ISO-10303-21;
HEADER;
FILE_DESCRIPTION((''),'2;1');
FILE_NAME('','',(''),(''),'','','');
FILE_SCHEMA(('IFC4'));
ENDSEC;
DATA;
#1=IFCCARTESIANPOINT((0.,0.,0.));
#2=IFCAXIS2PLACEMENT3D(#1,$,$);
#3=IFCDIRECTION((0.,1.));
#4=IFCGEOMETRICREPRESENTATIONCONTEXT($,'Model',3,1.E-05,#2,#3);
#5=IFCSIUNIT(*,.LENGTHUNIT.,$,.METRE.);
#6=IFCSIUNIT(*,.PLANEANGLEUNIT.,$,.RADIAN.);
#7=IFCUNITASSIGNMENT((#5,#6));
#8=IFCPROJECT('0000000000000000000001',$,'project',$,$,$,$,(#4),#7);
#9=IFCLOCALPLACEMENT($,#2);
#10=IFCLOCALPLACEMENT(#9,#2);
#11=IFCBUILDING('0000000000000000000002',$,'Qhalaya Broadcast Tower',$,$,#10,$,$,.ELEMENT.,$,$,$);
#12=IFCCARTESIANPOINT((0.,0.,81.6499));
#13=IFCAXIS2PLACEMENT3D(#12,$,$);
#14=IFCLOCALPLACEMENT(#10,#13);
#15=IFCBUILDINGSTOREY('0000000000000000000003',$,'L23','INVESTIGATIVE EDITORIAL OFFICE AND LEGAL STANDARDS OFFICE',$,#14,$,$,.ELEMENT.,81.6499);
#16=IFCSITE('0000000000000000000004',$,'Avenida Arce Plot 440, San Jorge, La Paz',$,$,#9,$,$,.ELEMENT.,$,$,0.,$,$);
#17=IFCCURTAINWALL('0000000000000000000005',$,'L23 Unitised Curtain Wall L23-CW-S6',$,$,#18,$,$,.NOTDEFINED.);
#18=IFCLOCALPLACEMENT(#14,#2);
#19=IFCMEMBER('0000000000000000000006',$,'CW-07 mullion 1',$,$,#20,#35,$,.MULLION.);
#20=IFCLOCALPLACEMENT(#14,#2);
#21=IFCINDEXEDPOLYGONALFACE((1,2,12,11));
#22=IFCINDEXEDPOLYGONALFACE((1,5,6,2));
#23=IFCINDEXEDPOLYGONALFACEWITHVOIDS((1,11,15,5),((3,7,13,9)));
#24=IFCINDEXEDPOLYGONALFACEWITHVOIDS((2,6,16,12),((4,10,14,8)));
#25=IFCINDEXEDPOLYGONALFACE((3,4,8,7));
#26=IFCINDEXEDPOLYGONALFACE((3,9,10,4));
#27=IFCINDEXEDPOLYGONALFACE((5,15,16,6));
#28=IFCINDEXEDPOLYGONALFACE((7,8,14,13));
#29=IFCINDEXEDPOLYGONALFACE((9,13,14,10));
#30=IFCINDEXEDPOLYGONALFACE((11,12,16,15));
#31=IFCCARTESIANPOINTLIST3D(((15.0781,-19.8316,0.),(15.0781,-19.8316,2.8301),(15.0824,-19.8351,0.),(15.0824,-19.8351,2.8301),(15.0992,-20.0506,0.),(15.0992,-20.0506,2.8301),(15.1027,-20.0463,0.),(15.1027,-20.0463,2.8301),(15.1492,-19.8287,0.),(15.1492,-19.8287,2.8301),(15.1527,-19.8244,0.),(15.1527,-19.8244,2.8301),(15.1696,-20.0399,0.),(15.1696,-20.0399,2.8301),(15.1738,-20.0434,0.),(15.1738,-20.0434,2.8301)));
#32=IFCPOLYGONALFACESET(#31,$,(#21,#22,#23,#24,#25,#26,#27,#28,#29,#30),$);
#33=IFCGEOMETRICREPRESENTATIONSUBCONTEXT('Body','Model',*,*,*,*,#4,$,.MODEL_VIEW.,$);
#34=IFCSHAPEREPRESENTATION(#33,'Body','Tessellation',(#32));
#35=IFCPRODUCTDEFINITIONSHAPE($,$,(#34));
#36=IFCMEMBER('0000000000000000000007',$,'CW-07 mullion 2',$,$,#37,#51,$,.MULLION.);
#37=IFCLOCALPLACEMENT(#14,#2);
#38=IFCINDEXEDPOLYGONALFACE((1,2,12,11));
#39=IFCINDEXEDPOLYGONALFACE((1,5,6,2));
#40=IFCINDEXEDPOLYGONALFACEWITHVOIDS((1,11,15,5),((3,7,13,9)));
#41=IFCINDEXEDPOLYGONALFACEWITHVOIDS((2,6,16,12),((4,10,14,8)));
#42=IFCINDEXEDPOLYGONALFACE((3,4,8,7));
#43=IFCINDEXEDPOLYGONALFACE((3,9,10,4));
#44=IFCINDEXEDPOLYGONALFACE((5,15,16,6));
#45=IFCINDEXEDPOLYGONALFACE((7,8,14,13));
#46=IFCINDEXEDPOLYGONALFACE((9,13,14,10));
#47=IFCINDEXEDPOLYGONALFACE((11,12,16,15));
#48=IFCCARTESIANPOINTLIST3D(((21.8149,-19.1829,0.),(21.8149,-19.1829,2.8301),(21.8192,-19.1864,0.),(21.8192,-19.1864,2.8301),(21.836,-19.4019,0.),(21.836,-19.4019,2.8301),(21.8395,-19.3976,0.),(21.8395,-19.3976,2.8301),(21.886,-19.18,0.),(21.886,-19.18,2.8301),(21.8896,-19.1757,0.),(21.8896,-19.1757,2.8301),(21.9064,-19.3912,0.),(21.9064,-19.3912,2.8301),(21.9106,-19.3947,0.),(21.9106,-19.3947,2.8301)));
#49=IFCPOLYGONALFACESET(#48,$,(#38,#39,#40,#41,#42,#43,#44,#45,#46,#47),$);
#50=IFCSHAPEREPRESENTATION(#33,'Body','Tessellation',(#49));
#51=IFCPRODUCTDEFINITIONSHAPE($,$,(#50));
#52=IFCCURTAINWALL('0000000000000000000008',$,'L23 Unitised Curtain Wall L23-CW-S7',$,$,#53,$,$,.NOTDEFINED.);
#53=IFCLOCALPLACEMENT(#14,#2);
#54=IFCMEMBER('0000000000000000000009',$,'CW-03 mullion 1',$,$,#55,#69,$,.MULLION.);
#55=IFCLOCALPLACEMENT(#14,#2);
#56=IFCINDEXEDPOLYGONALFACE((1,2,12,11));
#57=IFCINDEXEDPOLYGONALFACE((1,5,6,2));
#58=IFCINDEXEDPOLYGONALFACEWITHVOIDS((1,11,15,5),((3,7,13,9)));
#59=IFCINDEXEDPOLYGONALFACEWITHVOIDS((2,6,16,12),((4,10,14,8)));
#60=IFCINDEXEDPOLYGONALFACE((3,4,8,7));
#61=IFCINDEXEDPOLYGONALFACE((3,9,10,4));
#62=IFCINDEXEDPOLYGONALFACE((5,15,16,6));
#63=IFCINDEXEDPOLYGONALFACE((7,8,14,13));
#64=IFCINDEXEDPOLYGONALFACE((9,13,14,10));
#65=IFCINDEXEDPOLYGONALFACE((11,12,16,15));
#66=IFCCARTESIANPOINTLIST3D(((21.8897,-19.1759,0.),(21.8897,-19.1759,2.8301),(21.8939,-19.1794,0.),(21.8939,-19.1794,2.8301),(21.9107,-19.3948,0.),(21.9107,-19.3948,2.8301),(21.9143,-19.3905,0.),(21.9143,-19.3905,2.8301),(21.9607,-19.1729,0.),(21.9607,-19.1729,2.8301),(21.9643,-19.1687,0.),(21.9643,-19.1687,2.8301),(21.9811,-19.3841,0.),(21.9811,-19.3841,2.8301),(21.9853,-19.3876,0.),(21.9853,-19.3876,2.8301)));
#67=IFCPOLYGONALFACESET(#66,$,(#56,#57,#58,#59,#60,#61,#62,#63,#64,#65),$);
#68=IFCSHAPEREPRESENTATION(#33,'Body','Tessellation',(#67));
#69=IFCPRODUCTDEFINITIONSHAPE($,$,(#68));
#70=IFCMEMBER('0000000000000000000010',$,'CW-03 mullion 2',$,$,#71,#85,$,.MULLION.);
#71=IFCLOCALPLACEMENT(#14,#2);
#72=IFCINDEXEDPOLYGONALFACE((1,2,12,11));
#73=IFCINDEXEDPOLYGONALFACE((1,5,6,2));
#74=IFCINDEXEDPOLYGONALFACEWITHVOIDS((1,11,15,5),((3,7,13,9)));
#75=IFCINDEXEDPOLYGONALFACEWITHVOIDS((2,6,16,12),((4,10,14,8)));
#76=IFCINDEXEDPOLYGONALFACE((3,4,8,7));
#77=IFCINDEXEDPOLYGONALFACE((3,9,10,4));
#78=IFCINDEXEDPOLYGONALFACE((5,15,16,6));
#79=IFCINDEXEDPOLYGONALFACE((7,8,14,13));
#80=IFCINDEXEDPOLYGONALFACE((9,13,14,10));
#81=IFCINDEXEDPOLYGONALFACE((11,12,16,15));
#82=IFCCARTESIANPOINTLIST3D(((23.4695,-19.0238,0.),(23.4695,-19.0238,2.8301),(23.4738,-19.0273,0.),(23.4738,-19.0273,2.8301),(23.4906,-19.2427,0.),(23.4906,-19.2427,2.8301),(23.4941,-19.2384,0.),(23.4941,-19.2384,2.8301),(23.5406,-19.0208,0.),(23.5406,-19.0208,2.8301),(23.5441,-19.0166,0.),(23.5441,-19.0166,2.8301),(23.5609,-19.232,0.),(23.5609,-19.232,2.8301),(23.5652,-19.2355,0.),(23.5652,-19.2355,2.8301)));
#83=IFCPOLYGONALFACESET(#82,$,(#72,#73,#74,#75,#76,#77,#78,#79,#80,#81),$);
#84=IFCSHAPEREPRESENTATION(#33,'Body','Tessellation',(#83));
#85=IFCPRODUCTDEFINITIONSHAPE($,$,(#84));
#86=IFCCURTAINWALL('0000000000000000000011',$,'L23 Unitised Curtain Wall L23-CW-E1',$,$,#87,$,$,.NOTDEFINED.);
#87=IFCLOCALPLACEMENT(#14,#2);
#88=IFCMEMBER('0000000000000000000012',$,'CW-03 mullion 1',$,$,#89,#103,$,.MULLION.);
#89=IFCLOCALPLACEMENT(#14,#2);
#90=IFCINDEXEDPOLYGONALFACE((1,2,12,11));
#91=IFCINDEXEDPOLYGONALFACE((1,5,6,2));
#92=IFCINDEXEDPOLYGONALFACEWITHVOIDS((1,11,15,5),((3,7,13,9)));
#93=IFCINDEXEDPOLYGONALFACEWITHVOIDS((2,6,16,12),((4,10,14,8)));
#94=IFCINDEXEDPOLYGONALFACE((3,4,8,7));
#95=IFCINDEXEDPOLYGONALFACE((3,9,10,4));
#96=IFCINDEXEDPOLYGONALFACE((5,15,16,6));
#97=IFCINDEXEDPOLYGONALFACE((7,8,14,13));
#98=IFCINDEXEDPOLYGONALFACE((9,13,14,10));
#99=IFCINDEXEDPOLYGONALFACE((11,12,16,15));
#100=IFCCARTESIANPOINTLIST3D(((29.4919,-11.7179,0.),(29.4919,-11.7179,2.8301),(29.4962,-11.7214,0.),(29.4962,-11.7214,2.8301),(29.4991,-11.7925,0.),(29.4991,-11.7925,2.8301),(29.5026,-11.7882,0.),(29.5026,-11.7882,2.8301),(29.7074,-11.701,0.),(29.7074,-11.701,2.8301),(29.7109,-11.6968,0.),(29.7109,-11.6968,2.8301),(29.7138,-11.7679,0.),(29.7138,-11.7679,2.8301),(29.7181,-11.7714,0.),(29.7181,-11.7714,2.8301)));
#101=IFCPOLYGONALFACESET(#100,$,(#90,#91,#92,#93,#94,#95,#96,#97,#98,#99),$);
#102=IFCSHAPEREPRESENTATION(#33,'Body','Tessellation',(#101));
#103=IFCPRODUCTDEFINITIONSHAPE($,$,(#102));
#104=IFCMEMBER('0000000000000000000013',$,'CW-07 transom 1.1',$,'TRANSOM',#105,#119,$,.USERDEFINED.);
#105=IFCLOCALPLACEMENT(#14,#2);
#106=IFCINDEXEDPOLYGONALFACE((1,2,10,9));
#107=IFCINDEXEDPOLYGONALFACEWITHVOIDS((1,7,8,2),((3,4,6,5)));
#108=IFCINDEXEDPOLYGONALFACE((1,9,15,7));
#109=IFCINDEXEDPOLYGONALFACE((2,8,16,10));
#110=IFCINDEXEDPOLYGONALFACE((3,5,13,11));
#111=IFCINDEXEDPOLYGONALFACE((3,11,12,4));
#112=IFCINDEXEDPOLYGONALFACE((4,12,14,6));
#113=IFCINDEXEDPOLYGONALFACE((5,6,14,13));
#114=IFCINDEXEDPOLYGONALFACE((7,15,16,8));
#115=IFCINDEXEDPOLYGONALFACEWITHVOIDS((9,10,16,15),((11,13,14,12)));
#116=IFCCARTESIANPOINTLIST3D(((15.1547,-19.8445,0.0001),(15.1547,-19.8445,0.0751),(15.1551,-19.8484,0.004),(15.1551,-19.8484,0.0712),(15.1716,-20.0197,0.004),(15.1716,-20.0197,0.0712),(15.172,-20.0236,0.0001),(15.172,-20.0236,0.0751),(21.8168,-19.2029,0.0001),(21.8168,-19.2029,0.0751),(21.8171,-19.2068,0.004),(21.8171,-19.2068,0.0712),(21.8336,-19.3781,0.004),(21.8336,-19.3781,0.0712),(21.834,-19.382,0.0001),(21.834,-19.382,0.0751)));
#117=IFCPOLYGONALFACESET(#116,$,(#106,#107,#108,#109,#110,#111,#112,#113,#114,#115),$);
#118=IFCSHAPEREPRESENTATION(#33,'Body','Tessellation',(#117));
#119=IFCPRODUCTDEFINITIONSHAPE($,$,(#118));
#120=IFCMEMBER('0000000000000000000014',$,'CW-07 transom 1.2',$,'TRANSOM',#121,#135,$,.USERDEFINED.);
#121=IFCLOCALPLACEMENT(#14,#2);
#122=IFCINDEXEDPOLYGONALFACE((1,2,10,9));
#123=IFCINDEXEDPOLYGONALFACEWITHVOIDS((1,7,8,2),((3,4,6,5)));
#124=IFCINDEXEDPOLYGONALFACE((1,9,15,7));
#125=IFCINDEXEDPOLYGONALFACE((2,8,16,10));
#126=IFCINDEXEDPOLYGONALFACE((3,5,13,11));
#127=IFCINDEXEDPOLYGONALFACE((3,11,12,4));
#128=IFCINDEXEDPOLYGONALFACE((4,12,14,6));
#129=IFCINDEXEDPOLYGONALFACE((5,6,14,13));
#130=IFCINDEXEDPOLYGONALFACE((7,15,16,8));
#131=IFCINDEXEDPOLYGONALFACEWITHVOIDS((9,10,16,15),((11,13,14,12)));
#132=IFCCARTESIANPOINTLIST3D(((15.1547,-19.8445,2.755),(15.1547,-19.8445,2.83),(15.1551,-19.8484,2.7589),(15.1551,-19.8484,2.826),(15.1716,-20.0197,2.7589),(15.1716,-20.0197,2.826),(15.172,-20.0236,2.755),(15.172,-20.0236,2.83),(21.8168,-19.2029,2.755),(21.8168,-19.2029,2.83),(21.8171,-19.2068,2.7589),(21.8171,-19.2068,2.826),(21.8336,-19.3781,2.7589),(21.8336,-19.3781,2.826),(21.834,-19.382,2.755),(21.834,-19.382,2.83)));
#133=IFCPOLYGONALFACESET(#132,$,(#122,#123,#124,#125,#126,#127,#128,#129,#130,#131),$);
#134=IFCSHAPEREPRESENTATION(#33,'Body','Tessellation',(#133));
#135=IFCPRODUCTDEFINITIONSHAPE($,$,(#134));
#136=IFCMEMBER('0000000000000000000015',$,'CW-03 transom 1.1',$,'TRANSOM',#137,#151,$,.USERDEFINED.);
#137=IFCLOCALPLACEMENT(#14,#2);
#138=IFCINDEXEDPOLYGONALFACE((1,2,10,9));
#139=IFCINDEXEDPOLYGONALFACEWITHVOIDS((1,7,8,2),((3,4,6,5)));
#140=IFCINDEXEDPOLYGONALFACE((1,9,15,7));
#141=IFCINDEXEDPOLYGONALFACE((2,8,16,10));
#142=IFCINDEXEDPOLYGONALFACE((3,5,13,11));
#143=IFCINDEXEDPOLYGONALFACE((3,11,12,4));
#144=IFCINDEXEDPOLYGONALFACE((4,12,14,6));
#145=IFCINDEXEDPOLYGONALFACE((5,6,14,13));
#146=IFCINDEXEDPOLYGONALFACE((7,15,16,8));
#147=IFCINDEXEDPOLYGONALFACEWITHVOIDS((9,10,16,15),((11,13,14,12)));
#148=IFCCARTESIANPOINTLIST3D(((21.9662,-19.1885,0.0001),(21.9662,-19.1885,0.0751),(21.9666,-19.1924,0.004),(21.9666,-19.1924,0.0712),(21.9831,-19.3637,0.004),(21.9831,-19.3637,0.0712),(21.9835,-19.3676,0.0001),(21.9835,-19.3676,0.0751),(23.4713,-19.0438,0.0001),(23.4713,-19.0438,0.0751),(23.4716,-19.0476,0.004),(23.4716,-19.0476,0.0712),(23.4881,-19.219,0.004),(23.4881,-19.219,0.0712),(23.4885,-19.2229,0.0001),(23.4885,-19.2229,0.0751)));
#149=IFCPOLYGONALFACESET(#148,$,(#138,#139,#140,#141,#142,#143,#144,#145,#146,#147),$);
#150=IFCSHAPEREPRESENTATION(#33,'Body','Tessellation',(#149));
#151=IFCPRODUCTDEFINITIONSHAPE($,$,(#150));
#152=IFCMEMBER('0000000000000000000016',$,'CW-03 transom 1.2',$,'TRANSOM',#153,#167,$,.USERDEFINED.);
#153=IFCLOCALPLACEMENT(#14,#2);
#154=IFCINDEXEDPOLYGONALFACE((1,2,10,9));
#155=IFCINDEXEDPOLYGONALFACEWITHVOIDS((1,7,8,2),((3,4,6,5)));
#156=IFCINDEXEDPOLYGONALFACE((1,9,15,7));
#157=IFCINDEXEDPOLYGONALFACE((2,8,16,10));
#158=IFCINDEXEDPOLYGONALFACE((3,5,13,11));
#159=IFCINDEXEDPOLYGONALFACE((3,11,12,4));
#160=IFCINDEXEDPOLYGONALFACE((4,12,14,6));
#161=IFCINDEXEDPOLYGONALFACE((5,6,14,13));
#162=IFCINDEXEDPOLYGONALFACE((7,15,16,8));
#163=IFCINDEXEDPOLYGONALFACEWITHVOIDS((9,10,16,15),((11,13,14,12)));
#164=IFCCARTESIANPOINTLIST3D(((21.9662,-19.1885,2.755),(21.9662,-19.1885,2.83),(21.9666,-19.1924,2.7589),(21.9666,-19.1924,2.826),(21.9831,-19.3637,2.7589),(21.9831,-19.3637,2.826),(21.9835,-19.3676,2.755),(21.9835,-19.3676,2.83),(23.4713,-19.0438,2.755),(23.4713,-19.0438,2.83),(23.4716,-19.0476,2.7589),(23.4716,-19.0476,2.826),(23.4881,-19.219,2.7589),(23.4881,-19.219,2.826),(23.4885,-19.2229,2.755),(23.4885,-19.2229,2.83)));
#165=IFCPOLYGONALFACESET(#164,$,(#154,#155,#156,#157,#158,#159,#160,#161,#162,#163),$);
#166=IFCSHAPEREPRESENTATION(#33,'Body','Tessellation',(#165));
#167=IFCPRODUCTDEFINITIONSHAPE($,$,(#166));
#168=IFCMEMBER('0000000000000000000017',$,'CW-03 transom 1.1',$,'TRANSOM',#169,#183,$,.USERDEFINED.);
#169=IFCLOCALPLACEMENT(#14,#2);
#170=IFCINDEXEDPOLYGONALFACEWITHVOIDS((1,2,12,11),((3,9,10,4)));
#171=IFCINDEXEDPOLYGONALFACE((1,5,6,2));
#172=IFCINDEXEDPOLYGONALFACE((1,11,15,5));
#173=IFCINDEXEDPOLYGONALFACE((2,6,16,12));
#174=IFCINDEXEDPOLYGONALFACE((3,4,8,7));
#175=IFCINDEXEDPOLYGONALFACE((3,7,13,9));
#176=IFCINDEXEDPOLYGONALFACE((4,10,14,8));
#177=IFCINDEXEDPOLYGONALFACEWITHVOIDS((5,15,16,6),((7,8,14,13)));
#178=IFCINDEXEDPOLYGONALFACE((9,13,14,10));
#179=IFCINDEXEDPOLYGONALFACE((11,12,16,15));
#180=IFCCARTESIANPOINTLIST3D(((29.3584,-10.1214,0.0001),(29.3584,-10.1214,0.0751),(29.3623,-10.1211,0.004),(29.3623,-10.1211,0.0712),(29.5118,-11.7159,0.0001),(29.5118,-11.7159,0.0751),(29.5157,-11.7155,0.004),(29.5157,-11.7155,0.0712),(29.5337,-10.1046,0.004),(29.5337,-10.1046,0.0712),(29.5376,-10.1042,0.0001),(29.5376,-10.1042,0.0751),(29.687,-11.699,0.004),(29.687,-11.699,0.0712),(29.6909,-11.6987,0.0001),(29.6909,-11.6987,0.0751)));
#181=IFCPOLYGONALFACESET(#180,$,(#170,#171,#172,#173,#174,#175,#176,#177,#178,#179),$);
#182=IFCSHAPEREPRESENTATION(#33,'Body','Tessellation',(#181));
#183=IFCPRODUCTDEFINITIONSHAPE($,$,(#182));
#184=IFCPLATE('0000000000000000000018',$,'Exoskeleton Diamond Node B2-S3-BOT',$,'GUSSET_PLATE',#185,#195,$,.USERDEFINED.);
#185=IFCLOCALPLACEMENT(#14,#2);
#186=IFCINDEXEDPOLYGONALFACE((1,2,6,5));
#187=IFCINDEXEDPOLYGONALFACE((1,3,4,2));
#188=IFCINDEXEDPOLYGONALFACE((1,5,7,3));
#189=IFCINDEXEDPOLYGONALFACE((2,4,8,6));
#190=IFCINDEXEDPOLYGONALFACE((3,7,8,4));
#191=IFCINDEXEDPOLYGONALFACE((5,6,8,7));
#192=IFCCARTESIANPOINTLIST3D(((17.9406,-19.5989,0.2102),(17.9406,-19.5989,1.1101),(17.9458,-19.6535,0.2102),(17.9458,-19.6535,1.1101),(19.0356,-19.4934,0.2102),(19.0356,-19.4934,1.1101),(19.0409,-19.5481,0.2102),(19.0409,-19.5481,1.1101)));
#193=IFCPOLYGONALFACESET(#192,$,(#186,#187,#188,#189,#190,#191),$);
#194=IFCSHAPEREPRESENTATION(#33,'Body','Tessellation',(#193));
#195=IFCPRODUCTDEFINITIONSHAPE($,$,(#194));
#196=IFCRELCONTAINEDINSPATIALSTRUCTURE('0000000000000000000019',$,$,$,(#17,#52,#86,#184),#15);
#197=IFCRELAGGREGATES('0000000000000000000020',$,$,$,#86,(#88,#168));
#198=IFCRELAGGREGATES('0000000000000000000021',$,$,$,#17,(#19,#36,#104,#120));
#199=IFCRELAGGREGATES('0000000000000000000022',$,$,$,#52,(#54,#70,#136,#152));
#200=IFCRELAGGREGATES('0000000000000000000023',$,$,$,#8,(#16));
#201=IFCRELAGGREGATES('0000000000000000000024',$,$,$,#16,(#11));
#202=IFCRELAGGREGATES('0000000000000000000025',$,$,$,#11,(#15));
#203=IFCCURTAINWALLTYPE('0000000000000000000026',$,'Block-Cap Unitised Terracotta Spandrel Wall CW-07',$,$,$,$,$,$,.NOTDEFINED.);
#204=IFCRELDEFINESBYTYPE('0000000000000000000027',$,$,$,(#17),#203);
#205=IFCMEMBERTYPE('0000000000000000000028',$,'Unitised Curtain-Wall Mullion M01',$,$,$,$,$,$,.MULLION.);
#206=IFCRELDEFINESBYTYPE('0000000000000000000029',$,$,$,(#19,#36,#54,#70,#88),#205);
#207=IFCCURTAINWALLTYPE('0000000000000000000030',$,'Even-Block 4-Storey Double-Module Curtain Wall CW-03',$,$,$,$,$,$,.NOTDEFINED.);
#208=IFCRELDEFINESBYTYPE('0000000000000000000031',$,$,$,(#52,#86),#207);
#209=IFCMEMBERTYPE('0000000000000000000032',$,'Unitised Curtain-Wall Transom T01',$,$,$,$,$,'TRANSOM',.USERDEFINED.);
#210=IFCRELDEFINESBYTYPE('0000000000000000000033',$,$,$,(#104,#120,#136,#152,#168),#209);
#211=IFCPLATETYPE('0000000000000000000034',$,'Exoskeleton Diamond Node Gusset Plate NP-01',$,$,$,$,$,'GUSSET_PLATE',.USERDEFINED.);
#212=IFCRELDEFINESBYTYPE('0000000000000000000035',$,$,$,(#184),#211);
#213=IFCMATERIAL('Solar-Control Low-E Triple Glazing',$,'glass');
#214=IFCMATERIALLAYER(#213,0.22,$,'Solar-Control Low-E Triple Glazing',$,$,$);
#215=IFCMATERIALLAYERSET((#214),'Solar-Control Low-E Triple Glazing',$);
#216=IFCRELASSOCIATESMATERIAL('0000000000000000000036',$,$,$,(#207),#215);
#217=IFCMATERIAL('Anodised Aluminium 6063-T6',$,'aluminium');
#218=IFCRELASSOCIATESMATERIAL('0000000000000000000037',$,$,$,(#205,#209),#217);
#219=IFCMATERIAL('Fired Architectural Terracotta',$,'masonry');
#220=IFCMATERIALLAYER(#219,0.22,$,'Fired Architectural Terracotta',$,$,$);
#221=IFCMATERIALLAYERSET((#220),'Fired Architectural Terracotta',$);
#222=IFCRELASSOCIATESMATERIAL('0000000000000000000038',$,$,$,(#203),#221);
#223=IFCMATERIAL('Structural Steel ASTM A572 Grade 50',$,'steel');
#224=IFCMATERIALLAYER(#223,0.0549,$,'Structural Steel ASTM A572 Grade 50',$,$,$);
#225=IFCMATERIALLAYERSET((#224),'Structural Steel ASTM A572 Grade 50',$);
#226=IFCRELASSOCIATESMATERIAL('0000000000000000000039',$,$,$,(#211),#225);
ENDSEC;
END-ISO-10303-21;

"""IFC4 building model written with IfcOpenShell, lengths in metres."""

from ifc_helpers import new_model, si_unit, direction, frame, origin, origin_2d, place, context, subcontext, project, spatial, rectangle, hollow_rectangle, extrude, material, layer, layer_set, material_profile, profile_set, type_object, element, aggregate, save


model = new_model("IFC4")

# Units and contexts
model_context = context("Model", 3, precision=1e-05, world=origin(), true_north=direction((0.0, 1.0)))
body_context = subcontext(model_context, "Body", "Model", "MODEL_VIEW")
ifc_project = project(units=[si_unit("LENGTHUNIT", "METRE"), si_unit("PLANEANGLEUNIT", "RADIAN")], contexts=[model_context])

# Site, building, storey
site_placement = place(None, origin())
site = spatial("IfcSite", under=ifc_project, at=site_placement, Name="Avenida Arce Plot 440, San Jorge, La Paz", CompositionType="ELEMENT", RefElevation=0.0)
building_placement = place(site_placement, origin())
building = spatial("IfcBuilding", under=site, at=building_placement, Name="Qhalaya Broadcast Tower", CompositionType="ELEMENT")
storey_placement = place(building_placement, frame((0.0, 0.0, 81.6499)))
storey = spatial("IfcBuildingStorey", under=building, at=storey_placement, Name="L23", Description="INVESTIGATIVE EDITORIAL OFFICE AND LEGAL STANDARDS OFFICE", CompositionType="ELEMENT", Elevation=81.6499)

# Shared definitions
ifc_material_1 = material(Name="Structural Steel ASTM A572 Grade 50", Category="steel")

# Shared definitions
ifc_material_2 = material(Name="Solar-Control Low-E Triple Glazing", Category="glass")
ifc_layer_1 = layer(ifc_material_2, 0.22, Name="Solar-Control Low-E Triple Glazing")
ifc_layer_set_1 = layer_set([ifc_layer_1], Name="Solar-Control Low-E Triple Glazing")
curtain_wall_type_1 = type_object("IfcCurtainWallType", Name="Even-Block 4-Storey Double-Module Curtain Wall CW-03", PredefinedType="NOTDEFINED", material=ifc_layer_set_1)
ifc_material_3 = material(Name="Anodised Aluminium 6063-T6", Category="aluminium")
ifc_material_profile_1 = material_profile(ifc_material_3, hollow_rectangle(XDim=0.075, YDim=0.22, WallThickness=0.0039, at=origin_2d()), Name="ALU-MUL 75x220x4")
ifc_profile_set_1 = profile_set([ifc_material_profile_1], Name="Anodised Aluminium 6063-T6")
member_type_1 = type_object("IfcMemberType", Name="Unitised Curtain-Wall Mullion M01", PredefinedType="MULLION", material=ifc_profile_set_1)

# Curtain walls, members
ifc_material_4 = material(Name="Fired Architectural Terracotta", Category="masonry")
ifc_layer_2 = layer(ifc_material_4, 0.22, Name="Fired Architectural Terracotta")
ifc_layer_set_2 = layer_set([ifc_layer_2], Name="Fired Architectural Terracotta")
curtain_wall_type_2 = type_object("IfcCurtainWallType", Name="Block-Cap Unitised Terracotta Spandrel Wall CW-07", PredefinedType="NOTDEFINED", material=ifc_layer_set_2)
curtain_wall_1_placement = place(storey_placement, origin())
curtain_wall_1 = element("IfcCurtainWall", 1, at=curtain_wall_1_placement, inside=storey, type_object=curtain_wall_type_2, Name="L23 Unitised Curtain Wall L23-CW-S6", PredefinedType="NOTDEFINED")
member_1_placement = place(storey_placement, frame((15.126, -19.9375, 0.0), z_axis=(0.0, 0.0, 1.0), x_axis=(0.995396, 0.09585, 0.0)))
member_1 = element("IfcMember", 2, at=member_1_placement, type_object=member_type_1, Name="CW-07 mullion 1", PredefinedType="MULLION", context=body_context, shape_type="SweptSolid", body=[
    extrude(hollow_rectangle(XDim=0.075, YDim=0.22, WallThickness=0.0039, at=origin_2d()), origin(), (0.0, 0.0, 1.0), 2.8301),
])
member_2_placement = place(storey_placement, frame((21.8628, -19.2888, 0.0), z_axis=(0.0, 0.0, 1.0), x_axis=(0.995396, 0.09585, 0.0)))
member_2 = element("IfcMember", 3, at=member_2_placement, type_object=member_type_1, Name="CW-07 mullion 2", PredefinedType="MULLION", context=body_context, shape_type="SweptSolid", body=[
    extrude(hollow_rectangle(XDim=0.075, YDim=0.22, WallThickness=0.0039, at=origin_2d()), origin(), (0.0, 0.0, 1.0), 2.8301),
])
curtain_wall_2_placement = place(storey_placement, origin())
curtain_wall_2 = element("IfcCurtainWall", 4, at=curtain_wall_2_placement, inside=storey, type_object=curtain_wall_type_1, Name="L23 Unitised Curtain Wall L23-CW-S7", PredefinedType="NOTDEFINED")
member_3_placement = place(storey_placement, frame((21.9375, -19.2817, 0.0), z_axis=(0.0, 0.0, 1.0), x_axis=(0.995396, 0.095845, 0.0)))
member_3 = element("IfcMember", 5, at=member_3_placement, type_object=member_type_1, Name="CW-03 mullion 1", PredefinedType="MULLION", context=body_context, shape_type="SweptSolid", body=[
    extrude(hollow_rectangle(XDim=0.075, YDim=0.22, WallThickness=0.0039, at=origin_2d()), origin(), (0.0, 0.0, 1.0), 2.8301),
])
member_4_placement = place(storey_placement, frame((23.5173, -19.1296, 0.0), z_axis=(0.0, 0.0, 1.0), x_axis=(0.995396, 0.095845, 0.0)))
member_4 = element("IfcMember", 6, at=member_4_placement, type_object=member_type_1, Name="CW-03 mullion 2", PredefinedType="MULLION", context=body_context, shape_type="SweptSolid", body=[
    extrude(hollow_rectangle(XDim=0.075, YDim=0.22, WallThickness=0.0039, at=origin_2d()), origin(), (0.0, 0.0, 1.0), 2.8301),
])

# Curtain wall, member
curtain_wall_3_placement = place(storey_placement, origin())
curtain_wall_3 = element("IfcCurtainWall", 7, at=curtain_wall_3_placement, inside=storey, type_object=curtain_wall_type_1, Name="L23 Unitised Curtain Wall L23-CW-E1", PredefinedType="NOTDEFINED")
member_5_placement = place(storey_placement, frame((29.605, -11.7446, 0.0), z_axis=(0.0, 0.0, 1.0), x_axis=(-0.095835, 0.995397, 0.0)))
member_5 = element("IfcMember", 8, at=member_5_placement, type_object=member_type_1, Name="CW-03 mullion 1", PredefinedType="MULLION", context=body_context, shape_type="SweptSolid", body=[
    extrude(hollow_rectangle(XDim=0.075, YDim=0.22, WallThickness=0.0039, at=origin_2d()), origin(), (0.0, 0.0, 1.0), 2.8301),
])

# Members
ifc_material_profile_2 = material_profile(ifc_material_3, hollow_rectangle(XDim=0.075, YDim=0.1799, WallThickness=0.0039, at=origin_2d()), Name="ALU-TRN 75x180x4")
ifc_profile_set_2 = profile_set([ifc_material_profile_2], Name="Anodised Aluminium 6063-T6")
member_type_2 = type_object("IfcMemberType", Name="Unitised Curtain-Wall Transom T01", ElementType="TRANSOM", PredefinedType="USERDEFINED", material=ifc_profile_set_2)
member_6_placement = place(storey_placement, frame((15.1633, -19.9341, 0.0376), z_axis=(0.995395, 0.095863, 0.0), x_axis=(0.0, 0.0, 1.0)))
member_6 = element("IfcMember", 9, at=member_6_placement, type_object=member_type_2, Name="CW-07 transom 1.1", ObjectType="TRANSOM", PredefinedType="USERDEFINED", context=body_context, shape_type="SweptSolid", body=[
    extrude(hollow_rectangle(XDim=0.075, YDim=0.1799, WallThickness=0.0039, at=origin_2d()), origin(), (0.0, 0.0, 1.0), 6.6929),
])
member_7_placement = place(storey_placement, frame((15.1633, -19.9341, 2.7925), z_axis=(0.995395, 0.095863, 0.0), x_axis=(0.0, 0.0, 1.0)))
member_7 = element("IfcMember", 10, at=member_7_placement, type_object=member_type_2, Name="CW-07 transom 1.2", ObjectType="TRANSOM", PredefinedType="USERDEFINED", context=body_context, shape_type="SweptSolid", body=[
    extrude(hollow_rectangle(XDim=0.075, YDim=0.1799, WallThickness=0.0039, at=origin_2d()), origin(), (0.0, 0.0, 1.0), 6.6929),
])
member_8_placement = place(storey_placement, frame((21.9749, -19.2781, 0.0376), z_axis=(0.995406, 0.095746, 0.0), x_axis=(0.0, 0.0, 1.0)))
member_8 = element("IfcMember", 11, at=member_8_placement, type_object=member_type_2, Name="CW-03 transom 1.1", ObjectType="TRANSOM", PredefinedType="USERDEFINED", context=body_context, shape_type="SweptSolid", body=[
    extrude(hollow_rectangle(XDim=0.075, YDim=0.1799, WallThickness=0.0039, at=origin_2d()), origin(), (0.0, 0.0, 1.0), 1.512),
])
member_9_placement = place(storey_placement, frame((21.9749, -19.2781, 2.7925), z_axis=(0.995406, 0.095746, 0.0), x_axis=(0.0, 0.0, 1.0)))
member_9 = element("IfcMember", 12, at=member_9_placement, type_object=member_type_2, Name="CW-03 transom 1.2", ObjectType="TRANSOM", PredefinedType="USERDEFINED", context=body_context, shape_type="SweptSolid", body=[
    extrude(hollow_rectangle(XDim=0.075, YDim=0.1799, WallThickness=0.0039, at=origin_2d()), origin(), (0.0, 0.0, 1.0), 1.512),
])
member_10_placement = place(storey_placement, frame((29.6013, -11.7073, 0.0376), z_axis=(-0.095715, 0.995409, 0.0), x_axis=(0.0, 0.0, 1.0)))
member_10 = element("IfcMember", 13, at=member_10_placement, type_object=member_type_2, Name="CW-03 transom 1.1", ObjectType="TRANSOM", PredefinedType="USERDEFINED", context=body_context, shape_type="SweptSolid", body=[
    extrude(hollow_rectangle(XDim=0.075, YDim=0.1799, WallThickness=0.0039, at=origin_2d()), origin(), (0.0, 0.0, 1.0), 1.6018),
])
aggregate(curtain_wall_3, [member_5, member_10])

# Plate
ifc_layer_3 = layer(ifc_material_1, 0.0549, Name="Structural Steel ASTM A572 Grade 50")
ifc_layer_set_3 = layer_set([ifc_layer_3], Name="Structural Steel ASTM A572 Grade 50")
plate_type_1 = type_object("IfcPlateType", Name="Exoskeleton Diamond Node Gusset Plate NP-01", ElementType="GUSSET_PLATE", PredefinedType="USERDEFINED", material=ifc_layer_set_3)
for number, where, z_axis, x_axis, name in (
    (14, (18.4907, -19.5735, 0.2102), (0.0, 0.0, 1.0), (0.995396, 0.095846, 0.0), "Exoskeleton Diamond Node B2-S3-BOT"),
):
    element("IfcPlate", number, at=place(storey_placement, frame(where, z_axis=z_axis, x_axis=x_axis)), inside=storey, type_object=plate_type_1, Name=name, ObjectType="GUSSET_PLATE", PredefinedType="USERDEFINED", context=body_context, shape_type="SweptSolid", body=[
        extrude(rectangle(XDim=1.1001, YDim=0.0549, at=origin_2d()), origin(), (0.0, 0.0, 1.0), 0.8999),
    ])

aggregate(curtain_wall_1, [member_1, member_2, member_6, member_7])
aggregate(curtain_wall_2, [member_3, member_4, member_8, member_9])

save(model, "model.ifc")
